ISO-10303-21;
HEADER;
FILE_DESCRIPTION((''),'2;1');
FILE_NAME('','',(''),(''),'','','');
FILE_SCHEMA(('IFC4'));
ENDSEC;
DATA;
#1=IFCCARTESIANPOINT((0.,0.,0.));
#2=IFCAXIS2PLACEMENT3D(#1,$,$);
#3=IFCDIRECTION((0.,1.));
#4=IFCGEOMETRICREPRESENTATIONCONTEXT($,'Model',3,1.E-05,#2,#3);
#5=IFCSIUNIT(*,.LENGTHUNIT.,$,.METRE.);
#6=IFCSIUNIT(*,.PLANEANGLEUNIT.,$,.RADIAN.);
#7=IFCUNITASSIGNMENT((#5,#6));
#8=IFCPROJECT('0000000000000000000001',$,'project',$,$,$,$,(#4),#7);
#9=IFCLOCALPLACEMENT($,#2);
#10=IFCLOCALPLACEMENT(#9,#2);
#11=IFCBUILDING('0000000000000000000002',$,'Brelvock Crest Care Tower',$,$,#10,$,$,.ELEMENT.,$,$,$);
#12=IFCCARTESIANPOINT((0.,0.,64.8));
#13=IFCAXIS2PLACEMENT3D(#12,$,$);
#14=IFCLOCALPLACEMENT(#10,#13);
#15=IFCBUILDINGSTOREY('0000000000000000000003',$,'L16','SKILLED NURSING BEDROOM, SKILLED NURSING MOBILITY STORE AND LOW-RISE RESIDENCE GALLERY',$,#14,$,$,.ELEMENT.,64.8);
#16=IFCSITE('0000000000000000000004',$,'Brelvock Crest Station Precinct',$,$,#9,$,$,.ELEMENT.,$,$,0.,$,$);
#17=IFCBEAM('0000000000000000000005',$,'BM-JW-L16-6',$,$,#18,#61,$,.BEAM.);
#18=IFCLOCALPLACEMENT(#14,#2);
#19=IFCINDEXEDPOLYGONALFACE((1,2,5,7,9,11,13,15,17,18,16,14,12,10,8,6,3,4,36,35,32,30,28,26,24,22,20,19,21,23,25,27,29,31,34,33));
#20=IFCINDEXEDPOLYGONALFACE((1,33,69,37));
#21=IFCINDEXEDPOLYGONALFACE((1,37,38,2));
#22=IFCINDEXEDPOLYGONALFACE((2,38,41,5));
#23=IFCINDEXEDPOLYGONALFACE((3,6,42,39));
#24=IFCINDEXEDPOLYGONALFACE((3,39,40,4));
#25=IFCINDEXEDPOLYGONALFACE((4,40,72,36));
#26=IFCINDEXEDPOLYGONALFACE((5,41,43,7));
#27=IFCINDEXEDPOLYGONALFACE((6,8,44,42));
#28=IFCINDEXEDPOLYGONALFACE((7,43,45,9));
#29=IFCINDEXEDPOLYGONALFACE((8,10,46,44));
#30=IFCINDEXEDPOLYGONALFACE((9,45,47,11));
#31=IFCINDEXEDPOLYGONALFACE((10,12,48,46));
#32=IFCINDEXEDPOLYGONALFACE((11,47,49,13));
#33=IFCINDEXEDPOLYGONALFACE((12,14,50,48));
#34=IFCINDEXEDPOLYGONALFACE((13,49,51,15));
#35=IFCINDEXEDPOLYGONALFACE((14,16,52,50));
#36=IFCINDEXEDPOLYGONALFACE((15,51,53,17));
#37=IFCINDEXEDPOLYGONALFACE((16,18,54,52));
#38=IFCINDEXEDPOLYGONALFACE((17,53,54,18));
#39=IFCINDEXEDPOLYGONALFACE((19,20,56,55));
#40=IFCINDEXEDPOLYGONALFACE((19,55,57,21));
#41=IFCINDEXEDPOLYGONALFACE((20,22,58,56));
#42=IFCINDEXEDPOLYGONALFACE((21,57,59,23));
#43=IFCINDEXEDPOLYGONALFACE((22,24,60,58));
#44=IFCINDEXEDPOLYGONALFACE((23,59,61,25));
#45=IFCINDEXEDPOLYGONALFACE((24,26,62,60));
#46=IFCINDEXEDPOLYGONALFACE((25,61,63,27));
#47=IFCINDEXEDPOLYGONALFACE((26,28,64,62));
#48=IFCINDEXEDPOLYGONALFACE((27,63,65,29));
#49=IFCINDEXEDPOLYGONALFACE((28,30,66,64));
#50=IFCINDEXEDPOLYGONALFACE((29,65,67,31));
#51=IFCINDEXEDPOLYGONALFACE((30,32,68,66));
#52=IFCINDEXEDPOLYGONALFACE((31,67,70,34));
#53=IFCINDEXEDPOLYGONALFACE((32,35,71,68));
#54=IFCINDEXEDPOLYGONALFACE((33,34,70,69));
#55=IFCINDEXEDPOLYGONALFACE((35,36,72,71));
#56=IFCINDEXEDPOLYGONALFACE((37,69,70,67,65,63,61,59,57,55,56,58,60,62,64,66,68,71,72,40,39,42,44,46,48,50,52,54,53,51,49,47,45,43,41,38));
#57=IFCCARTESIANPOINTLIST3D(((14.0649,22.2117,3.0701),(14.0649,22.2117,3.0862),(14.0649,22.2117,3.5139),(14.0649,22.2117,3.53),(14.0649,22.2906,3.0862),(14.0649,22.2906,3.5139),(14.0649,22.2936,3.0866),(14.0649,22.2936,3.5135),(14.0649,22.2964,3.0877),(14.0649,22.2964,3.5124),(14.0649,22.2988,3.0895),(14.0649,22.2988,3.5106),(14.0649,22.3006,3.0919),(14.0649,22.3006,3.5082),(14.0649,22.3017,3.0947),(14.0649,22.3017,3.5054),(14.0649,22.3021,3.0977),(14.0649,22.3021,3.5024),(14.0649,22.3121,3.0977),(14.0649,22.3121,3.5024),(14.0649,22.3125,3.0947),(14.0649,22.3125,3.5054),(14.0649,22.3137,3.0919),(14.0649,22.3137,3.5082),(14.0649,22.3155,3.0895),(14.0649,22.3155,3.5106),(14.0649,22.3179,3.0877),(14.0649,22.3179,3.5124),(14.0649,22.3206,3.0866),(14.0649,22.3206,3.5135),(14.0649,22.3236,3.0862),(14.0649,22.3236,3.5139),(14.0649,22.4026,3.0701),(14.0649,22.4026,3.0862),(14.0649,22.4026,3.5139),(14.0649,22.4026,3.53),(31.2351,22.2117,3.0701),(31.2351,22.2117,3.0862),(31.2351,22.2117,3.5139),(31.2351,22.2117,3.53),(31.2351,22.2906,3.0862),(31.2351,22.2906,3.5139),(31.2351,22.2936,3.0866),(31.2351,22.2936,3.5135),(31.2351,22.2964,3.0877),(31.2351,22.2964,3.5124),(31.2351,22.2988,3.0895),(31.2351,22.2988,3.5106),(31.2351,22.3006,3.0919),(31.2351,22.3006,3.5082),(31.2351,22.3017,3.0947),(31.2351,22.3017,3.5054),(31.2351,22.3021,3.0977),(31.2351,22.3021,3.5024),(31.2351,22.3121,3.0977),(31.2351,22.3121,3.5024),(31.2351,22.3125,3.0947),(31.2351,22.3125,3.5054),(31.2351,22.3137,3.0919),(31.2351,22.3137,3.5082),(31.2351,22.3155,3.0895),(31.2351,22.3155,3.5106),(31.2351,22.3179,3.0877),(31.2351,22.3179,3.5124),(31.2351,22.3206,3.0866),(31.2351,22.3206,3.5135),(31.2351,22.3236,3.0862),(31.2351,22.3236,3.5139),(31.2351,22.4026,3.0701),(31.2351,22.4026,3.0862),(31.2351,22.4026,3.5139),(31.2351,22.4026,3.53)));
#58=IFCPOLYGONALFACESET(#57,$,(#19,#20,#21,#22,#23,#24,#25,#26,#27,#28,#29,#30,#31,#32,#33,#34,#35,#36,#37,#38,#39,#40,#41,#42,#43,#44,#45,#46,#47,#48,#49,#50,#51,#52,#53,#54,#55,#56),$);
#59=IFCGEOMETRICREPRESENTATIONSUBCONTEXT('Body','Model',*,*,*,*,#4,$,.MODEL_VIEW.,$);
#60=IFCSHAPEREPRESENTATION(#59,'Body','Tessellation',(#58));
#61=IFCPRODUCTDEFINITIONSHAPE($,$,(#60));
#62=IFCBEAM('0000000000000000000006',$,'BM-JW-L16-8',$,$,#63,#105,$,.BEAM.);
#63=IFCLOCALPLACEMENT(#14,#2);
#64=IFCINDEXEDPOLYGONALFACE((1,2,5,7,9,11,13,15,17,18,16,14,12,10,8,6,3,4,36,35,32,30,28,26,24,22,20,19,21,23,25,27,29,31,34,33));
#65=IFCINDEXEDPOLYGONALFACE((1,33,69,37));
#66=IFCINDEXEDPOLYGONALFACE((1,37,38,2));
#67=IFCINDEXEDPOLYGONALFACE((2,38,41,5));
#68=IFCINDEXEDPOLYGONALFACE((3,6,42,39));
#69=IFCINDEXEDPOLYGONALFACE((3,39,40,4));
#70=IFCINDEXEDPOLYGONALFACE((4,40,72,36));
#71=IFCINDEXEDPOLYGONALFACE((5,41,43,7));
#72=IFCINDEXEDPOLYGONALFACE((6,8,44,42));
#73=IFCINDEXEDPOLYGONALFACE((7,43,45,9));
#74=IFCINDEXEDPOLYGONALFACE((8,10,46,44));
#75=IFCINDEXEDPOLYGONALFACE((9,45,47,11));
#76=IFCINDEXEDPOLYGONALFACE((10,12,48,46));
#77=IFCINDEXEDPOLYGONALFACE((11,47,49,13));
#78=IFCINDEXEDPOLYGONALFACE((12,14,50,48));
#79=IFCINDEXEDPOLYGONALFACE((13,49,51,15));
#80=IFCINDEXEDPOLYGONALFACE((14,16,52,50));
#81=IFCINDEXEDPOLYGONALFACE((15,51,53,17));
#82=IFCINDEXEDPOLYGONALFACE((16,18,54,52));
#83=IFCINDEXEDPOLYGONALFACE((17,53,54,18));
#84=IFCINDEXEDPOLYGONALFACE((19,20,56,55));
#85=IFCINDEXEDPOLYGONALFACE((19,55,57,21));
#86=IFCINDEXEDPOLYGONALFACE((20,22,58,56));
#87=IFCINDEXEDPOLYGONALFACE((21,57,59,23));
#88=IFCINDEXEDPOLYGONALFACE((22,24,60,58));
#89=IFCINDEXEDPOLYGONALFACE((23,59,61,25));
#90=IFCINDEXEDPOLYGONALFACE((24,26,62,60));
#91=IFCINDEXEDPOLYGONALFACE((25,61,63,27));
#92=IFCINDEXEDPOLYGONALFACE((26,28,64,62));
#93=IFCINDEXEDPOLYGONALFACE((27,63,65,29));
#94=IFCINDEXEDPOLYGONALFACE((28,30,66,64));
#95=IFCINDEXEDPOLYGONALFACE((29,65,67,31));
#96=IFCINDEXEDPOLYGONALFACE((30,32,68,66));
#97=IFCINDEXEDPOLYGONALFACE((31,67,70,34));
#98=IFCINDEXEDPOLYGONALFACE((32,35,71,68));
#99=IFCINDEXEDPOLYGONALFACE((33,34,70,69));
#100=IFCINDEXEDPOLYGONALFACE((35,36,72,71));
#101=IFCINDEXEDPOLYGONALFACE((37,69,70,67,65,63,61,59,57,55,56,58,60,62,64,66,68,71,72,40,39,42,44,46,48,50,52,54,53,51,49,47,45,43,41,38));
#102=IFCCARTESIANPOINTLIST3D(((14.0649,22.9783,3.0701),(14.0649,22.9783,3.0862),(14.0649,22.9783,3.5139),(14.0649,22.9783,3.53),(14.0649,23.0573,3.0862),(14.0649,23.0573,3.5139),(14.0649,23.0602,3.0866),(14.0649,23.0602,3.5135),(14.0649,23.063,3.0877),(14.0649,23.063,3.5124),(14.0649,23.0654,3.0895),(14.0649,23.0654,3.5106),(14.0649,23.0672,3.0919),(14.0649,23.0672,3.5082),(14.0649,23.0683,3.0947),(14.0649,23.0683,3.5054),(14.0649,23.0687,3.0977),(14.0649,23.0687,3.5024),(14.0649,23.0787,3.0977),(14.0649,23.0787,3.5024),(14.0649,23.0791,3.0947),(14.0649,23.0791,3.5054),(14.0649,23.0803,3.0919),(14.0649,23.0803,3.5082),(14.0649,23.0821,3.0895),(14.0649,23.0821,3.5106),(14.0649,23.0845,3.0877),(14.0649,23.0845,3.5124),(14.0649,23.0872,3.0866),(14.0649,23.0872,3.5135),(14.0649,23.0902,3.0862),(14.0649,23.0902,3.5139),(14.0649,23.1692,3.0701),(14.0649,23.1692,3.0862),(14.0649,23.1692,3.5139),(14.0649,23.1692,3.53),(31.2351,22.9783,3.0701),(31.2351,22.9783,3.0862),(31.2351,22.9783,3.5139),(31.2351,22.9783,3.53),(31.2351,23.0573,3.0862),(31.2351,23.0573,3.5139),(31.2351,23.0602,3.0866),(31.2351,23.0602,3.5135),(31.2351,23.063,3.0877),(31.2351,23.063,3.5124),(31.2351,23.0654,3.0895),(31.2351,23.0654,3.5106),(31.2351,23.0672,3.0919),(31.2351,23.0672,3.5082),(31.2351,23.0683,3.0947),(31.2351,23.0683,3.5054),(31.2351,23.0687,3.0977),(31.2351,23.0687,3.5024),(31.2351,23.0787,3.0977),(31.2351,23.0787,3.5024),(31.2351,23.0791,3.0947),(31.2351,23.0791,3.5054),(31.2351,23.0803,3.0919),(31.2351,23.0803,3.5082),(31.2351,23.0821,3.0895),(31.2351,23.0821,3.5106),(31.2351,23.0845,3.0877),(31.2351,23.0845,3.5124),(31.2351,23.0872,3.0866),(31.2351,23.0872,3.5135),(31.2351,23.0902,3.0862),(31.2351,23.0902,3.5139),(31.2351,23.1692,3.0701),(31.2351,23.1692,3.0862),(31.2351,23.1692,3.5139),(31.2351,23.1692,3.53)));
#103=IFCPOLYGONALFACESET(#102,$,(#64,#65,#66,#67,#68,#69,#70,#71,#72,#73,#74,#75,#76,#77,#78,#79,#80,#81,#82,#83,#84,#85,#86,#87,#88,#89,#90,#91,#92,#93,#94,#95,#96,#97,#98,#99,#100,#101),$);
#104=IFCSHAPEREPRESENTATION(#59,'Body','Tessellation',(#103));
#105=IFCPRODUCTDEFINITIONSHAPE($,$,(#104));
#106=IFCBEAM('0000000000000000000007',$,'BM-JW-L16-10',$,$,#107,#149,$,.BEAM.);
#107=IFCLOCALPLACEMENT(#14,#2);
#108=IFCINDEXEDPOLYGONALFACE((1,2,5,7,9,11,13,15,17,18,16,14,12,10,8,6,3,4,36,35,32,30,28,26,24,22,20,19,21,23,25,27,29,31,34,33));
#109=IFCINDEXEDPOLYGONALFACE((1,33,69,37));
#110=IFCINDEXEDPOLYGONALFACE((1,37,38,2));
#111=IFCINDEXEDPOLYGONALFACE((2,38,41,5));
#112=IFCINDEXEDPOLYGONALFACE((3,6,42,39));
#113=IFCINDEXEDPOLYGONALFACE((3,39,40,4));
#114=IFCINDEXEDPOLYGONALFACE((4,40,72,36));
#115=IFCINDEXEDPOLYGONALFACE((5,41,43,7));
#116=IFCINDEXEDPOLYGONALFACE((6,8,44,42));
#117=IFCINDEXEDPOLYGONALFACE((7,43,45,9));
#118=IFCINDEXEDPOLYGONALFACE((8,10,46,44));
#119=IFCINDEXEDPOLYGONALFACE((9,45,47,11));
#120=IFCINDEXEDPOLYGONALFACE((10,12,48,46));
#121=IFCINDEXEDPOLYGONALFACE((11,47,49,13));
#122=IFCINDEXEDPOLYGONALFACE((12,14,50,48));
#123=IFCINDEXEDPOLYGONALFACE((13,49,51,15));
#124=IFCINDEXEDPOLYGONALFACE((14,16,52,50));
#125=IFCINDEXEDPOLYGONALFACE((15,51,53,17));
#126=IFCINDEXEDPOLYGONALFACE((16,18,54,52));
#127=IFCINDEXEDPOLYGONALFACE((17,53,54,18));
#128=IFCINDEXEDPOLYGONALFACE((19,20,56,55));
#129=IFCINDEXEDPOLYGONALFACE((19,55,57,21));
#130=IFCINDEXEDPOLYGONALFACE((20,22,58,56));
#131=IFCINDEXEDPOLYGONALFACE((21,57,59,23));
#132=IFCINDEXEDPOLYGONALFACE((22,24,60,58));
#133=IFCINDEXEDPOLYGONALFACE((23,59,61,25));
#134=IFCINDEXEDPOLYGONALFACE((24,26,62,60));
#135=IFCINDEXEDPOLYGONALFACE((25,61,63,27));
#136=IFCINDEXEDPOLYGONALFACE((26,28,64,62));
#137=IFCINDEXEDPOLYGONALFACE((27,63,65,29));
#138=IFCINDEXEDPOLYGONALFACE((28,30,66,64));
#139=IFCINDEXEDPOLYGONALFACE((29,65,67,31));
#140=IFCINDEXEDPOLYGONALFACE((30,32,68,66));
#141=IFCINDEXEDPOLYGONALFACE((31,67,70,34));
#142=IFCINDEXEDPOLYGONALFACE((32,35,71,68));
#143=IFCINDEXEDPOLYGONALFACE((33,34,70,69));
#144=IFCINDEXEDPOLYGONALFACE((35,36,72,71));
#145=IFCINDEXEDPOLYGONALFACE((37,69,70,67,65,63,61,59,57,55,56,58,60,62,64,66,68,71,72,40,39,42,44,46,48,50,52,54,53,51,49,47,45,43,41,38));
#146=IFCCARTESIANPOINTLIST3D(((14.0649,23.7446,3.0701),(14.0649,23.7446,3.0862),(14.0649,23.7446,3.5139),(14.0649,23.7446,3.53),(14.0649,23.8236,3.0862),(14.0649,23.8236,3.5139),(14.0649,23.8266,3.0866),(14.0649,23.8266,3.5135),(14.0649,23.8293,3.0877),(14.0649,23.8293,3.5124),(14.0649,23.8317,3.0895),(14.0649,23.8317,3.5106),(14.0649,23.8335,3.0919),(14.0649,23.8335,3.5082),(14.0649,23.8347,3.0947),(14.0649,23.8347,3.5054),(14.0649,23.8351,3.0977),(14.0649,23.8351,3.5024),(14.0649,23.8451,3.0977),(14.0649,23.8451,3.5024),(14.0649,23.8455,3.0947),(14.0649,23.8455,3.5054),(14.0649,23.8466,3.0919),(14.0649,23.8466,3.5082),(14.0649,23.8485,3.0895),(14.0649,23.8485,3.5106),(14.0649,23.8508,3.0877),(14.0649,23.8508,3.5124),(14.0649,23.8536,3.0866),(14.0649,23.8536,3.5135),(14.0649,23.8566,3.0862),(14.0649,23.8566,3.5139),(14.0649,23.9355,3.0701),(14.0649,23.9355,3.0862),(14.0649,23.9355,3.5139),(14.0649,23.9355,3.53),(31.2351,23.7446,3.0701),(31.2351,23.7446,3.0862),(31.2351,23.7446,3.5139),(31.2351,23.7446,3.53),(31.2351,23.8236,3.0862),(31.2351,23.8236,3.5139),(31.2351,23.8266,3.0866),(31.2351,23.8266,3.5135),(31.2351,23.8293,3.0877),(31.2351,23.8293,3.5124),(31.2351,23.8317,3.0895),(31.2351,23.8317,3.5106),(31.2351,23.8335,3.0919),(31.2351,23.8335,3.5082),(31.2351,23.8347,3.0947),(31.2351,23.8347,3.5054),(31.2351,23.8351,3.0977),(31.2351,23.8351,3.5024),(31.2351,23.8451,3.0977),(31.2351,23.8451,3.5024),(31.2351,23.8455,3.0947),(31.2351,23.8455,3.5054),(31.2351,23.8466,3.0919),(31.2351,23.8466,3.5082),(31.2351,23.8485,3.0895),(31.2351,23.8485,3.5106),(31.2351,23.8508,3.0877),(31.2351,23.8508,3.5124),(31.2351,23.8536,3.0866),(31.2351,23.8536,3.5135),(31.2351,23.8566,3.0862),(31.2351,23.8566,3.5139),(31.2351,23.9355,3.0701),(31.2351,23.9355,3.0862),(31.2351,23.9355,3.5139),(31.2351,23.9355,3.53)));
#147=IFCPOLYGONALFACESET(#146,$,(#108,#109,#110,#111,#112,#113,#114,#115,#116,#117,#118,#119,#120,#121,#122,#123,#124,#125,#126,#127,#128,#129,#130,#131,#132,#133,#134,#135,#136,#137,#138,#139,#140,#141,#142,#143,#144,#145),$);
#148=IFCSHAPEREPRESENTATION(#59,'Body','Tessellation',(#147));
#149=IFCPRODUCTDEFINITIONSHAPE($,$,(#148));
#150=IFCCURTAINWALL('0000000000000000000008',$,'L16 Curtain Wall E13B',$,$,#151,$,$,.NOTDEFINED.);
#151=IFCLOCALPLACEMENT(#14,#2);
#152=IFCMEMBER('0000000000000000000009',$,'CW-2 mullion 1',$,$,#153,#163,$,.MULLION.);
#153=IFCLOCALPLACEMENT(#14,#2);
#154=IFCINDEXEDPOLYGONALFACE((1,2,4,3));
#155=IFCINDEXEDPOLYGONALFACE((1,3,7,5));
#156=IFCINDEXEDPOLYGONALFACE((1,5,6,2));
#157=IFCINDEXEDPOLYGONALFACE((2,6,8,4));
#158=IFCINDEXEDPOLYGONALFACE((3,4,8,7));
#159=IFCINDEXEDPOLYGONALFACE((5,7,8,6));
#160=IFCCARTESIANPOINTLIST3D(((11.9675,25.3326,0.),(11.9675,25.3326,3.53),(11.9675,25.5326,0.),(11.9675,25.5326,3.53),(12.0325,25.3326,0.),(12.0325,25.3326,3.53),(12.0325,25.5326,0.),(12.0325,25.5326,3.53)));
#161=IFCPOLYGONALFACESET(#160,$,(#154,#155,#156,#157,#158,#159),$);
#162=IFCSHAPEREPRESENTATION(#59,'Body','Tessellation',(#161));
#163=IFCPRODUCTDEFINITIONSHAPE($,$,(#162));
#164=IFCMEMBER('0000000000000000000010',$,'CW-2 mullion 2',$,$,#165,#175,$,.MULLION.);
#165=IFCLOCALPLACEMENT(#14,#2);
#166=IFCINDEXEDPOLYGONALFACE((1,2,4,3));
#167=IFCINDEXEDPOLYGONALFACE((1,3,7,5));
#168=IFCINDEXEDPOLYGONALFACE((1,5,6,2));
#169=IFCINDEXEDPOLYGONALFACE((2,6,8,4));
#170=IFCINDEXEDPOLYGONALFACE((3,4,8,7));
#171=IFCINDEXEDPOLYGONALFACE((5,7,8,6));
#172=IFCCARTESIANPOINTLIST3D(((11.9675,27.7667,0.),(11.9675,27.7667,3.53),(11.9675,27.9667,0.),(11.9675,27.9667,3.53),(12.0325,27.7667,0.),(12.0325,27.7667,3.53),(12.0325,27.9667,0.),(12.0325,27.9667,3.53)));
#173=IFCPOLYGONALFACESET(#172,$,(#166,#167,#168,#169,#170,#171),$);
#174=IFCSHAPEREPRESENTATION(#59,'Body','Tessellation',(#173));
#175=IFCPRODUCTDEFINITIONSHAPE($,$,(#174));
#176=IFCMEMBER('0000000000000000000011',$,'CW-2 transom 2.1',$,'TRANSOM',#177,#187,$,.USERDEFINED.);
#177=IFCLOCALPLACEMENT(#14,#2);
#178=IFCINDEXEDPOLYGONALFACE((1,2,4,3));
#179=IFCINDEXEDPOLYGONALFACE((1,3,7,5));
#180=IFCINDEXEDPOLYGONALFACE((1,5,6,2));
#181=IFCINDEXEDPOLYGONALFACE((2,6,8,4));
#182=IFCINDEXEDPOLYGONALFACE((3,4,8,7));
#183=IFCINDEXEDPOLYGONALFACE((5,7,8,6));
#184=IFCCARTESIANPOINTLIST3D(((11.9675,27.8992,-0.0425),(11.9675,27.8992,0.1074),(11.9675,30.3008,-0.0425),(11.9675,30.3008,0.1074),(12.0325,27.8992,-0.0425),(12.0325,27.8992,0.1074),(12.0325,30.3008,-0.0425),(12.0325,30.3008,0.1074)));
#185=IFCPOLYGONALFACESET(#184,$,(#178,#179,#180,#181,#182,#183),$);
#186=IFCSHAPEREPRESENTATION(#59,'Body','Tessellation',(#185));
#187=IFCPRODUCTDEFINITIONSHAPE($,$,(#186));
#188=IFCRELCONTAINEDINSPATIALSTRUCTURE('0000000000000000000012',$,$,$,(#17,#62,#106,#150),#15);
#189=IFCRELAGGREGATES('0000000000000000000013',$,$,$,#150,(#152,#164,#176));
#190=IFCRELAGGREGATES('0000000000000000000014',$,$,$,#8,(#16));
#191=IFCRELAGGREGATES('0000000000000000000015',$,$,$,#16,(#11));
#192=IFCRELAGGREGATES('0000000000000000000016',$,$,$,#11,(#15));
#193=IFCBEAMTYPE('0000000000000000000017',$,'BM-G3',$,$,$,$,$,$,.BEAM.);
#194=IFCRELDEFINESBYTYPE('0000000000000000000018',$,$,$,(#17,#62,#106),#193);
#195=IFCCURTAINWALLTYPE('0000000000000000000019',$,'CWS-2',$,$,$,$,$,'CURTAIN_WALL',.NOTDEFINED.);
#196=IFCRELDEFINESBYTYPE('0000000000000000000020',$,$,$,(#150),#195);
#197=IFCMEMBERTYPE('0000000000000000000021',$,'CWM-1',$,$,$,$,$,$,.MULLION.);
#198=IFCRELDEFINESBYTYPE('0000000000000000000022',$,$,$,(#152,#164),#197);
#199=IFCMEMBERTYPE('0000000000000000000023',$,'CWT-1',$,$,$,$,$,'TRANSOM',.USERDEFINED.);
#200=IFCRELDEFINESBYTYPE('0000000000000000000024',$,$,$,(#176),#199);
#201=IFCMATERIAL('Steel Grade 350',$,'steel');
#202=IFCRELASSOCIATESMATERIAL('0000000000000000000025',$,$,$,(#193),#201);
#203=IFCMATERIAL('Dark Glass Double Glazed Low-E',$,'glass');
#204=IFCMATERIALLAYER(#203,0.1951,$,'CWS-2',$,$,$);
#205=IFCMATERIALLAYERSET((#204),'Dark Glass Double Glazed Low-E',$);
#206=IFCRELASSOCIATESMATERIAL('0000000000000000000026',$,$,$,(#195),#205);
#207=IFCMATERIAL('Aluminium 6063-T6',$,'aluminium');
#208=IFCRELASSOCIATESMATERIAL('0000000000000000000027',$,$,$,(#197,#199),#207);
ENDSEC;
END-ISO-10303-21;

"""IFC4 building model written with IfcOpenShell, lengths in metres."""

from ifc_helpers import new_model, si_unit, direction, frame, origin, origin_2d, place, context, subcontext, project, spatial, rectangle, i_section, extrude, source, transform, mapped, material, layer, layer_set, material_profile, profile_set, type_object, element, aggregate, save


model = new_model("IFC4")

# Units and contexts
model_context = context("Model", 3, precision=1e-05, world=origin(), true_north=direction((0.0, 1.0)))
body_context = subcontext(model_context, "Body", "Model", "MODEL_VIEW")
ifc_project = project(units=[si_unit("LENGTHUNIT", "METRE"), si_unit("PLANEANGLEUNIT", "RADIAN")], contexts=[model_context])

# Site, building, storey
site_placement = place(None, origin())
site = spatial("IfcSite", under=ifc_project, at=site_placement, Name="Brelvock Crest Station Precinct", CompositionType="ELEMENT", RefElevation=0.0)
building_placement = place(site_placement, origin())
building = spatial("IfcBuilding", under=site, at=building_placement, Name="Brelvock Crest Care Tower", CompositionType="ELEMENT")
storey_placement = place(building_placement, frame((0.0, 0.0, 64.8)))
storey = spatial("IfcBuildingStorey", under=building, at=storey_placement, Name="L16", Description="SKILLED NURSING BEDROOM, SKILLED NURSING MOBILITY STORE AND LOW-RISE RESIDENCE GALLERY", CompositionType="ELEMENT", Elevation=64.8)

# Beams
ifc_material_1 = material(Name="Steel Grade 350", Category="steel")
ifc_material_profile_1 = material_profile(ifc_material_1, i_section(OverallWidth=0.1909, OverallDepth=0.46, WebThickness=0.01, FlangeThickness=0.0161, FilletRadius=0.0115, at=origin_2d()), Name="460UB82.1")
ifc_profile_set_1 = profile_set([ifc_material_profile_1], Name="Steel Grade 350")
beam_type_1 = type_object("IfcBeamType", Name="BM-G3", PredefinedType="BEAM", material=ifc_profile_set_1)
shared_shape_1 = source(origin(), body_context, "Body", "SweptSolid", [
    extrude(i_section(OverallWidth=0.1909, OverallDepth=0.46, WebThickness=0.01, FlangeThickness=0.0161, FilletRadius=0.0115, at=origin_2d()), origin(), (0.0, 0.0, 1.0), 17.1702),
])
for number, where, z_axis, x_axis, name in (
    (1, (14.0649, 22.3071, 3.3), (1.0, 0.0, 0.0), (0.0, 1.0, 0.0), "BM-JW-L16-6"),
    (2, (14.0649, 23.0737, 3.3), (1.0, 0.0, 0.0), (0.0, 1.0, 0.0), "BM-JW-L16-8"),
    (3, (14.0649, 23.8401, 3.3), (1.0, 0.0, 0.0), (0.0, 1.0, 0.0), "BM-JW-L16-10"),
):
    element("IfcBeam", number, at=place(storey_placement, frame(where, z_axis=z_axis, x_axis=x_axis)), inside=storey, type_object=beam_type_1, Name=name, PredefinedType="BEAM", context=body_context, shape_type="MappedRepresentation", body=[
        mapped(shared_shape_1, transform((0.0, 0.0, 0.0), x_axis=(1.0, 0.0, 0.0), y_axis=(0.0, 1.0, 0.0), z_axis=(0.0, 0.0, 1.0), scale=1.0)),
    ])

# Curtain wall, members
ifc_material_2 = material(Name="Dark Glass Double Glazed Low-E", Category="glass")
ifc_layer_1 = layer(ifc_material_2, 0.1951, Name="CWS-2")
ifc_layer_set_1 = layer_set([ifc_layer_1], Name="Dark Glass Double Glazed Low-E")
curtain_wall_type = type_object("IfcCurtainWallType", Name="CWS-2", ElementType="CURTAIN_WALL", PredefinedType="NOTDEFINED", material=ifc_layer_set_1)
curtain_wall_placement = place(storey_placement, origin())
curtain_wall = element("IfcCurtainWall", 4, at=curtain_wall_placement, inside=storey, type_object=curtain_wall_type, Name="L16 Curtain Wall E13B", PredefinedType="NOTDEFINED")
ifc_material_3 = material(Name="Aluminium 6063-T6", Category="aluminium")
ifc_material_profile_2 = material_profile(ifc_material_3, rectangle(XDim=0.0649, YDim=0.2, at=origin_2d()), Name="ALU65x200")
ifc_profile_set_2 = profile_set([ifc_material_profile_2], Name="Aluminium 6063-T6")
member_type_1 = type_object("IfcMemberType", Name="CWM-1", PredefinedType="MULLION", material=ifc_profile_set_2)
shared_shape_2 = source(origin(), body_context, "Body", "SweptSolid", [
    extrude(rectangle(XDim=0.0649, YDim=0.2, at=origin_2d()), origin(), (0.0, 0.0, 1.0), 3.53),
])
member_1_placement = place(storey_placement, frame((12.0, 25.4326, 0.0), z_axis=(0.0, 0.0, 1.0), x_axis=(-1.0, 0.0, 0.0)))
member_1 = element("IfcMember", 5, at=member_1_placement, type_object=member_type_1, Name="CW-2 mullion 1", PredefinedType="MULLION", context=body_context, shape_type="MappedRepresentation", body=[
    mapped(shared_shape_2, transform((0.0, 0.0, 0.0), x_axis=(1.0, 0.0, 0.0), y_axis=(0.0, 1.0, 0.0), z_axis=(0.0, 0.0, 1.0), scale=1.0)),
])
member_2_placement = place(storey_placement, frame((12.0, 27.8667, 0.0), z_axis=(0.0, 0.0, 1.0), x_axis=(-1.0, 0.0, 0.0)))
member_2 = element("IfcMember", 6, at=member_2_placement, type_object=member_type_1, Name="CW-2 mullion 2", PredefinedType="MULLION", context=body_context, shape_type="MappedRepresentation", body=[
    mapped(shared_shape_2, transform((0.0, 0.0, 0.0), x_axis=(1.0, 0.0, 0.0), y_axis=(0.0, 1.0, 0.0), z_axis=(0.0, 0.0, 1.0), scale=1.0)),
])
ifc_material_profile_3 = material_profile(ifc_material_3, rectangle(XDim=0.0649, YDim=0.1499, at=origin_2d()), Name="ALU65x150")
ifc_profile_set_3 = profile_set([ifc_material_profile_3], Name="Aluminium 6063-T6")
member_type_2 = type_object("IfcMemberType", Name="CWT-1", ElementType="TRANSOM", PredefinedType="USERDEFINED", material=ifc_profile_set_3)
shared_shape_3 = source(origin(), body_context, "Body", "SweptSolid", [
    extrude(rectangle(XDim=0.0649, YDim=0.1499, at=origin_2d()), origin(), (0.0, 0.0, 1.0), 2.4016),
])
member_3_placement = place(storey_placement, frame((12.0, 27.8992, 0.0325), z_axis=(0.0, 1.0, 0.0), x_axis=(-1.0, 0.0, 0.0)))
member_3 = element("IfcMember", 7, at=member_3_placement, type_object=member_type_2, Name="CW-2 transom 2.1", ObjectType="TRANSOM", PredefinedType="USERDEFINED", context=body_context, shape_type="MappedRepresentation", body=[
    mapped(shared_shape_3, transform((0.0, 0.0, 0.0), x_axis=(1.0, 0.0, 0.0), y_axis=(0.0, 1.0, 0.0), z_axis=(0.0, 0.0, 1.0), scale=1.0)),
])
aggregate(curtain_wall, [member_1, member_2, member_3])

save(model, "model.ifc")
